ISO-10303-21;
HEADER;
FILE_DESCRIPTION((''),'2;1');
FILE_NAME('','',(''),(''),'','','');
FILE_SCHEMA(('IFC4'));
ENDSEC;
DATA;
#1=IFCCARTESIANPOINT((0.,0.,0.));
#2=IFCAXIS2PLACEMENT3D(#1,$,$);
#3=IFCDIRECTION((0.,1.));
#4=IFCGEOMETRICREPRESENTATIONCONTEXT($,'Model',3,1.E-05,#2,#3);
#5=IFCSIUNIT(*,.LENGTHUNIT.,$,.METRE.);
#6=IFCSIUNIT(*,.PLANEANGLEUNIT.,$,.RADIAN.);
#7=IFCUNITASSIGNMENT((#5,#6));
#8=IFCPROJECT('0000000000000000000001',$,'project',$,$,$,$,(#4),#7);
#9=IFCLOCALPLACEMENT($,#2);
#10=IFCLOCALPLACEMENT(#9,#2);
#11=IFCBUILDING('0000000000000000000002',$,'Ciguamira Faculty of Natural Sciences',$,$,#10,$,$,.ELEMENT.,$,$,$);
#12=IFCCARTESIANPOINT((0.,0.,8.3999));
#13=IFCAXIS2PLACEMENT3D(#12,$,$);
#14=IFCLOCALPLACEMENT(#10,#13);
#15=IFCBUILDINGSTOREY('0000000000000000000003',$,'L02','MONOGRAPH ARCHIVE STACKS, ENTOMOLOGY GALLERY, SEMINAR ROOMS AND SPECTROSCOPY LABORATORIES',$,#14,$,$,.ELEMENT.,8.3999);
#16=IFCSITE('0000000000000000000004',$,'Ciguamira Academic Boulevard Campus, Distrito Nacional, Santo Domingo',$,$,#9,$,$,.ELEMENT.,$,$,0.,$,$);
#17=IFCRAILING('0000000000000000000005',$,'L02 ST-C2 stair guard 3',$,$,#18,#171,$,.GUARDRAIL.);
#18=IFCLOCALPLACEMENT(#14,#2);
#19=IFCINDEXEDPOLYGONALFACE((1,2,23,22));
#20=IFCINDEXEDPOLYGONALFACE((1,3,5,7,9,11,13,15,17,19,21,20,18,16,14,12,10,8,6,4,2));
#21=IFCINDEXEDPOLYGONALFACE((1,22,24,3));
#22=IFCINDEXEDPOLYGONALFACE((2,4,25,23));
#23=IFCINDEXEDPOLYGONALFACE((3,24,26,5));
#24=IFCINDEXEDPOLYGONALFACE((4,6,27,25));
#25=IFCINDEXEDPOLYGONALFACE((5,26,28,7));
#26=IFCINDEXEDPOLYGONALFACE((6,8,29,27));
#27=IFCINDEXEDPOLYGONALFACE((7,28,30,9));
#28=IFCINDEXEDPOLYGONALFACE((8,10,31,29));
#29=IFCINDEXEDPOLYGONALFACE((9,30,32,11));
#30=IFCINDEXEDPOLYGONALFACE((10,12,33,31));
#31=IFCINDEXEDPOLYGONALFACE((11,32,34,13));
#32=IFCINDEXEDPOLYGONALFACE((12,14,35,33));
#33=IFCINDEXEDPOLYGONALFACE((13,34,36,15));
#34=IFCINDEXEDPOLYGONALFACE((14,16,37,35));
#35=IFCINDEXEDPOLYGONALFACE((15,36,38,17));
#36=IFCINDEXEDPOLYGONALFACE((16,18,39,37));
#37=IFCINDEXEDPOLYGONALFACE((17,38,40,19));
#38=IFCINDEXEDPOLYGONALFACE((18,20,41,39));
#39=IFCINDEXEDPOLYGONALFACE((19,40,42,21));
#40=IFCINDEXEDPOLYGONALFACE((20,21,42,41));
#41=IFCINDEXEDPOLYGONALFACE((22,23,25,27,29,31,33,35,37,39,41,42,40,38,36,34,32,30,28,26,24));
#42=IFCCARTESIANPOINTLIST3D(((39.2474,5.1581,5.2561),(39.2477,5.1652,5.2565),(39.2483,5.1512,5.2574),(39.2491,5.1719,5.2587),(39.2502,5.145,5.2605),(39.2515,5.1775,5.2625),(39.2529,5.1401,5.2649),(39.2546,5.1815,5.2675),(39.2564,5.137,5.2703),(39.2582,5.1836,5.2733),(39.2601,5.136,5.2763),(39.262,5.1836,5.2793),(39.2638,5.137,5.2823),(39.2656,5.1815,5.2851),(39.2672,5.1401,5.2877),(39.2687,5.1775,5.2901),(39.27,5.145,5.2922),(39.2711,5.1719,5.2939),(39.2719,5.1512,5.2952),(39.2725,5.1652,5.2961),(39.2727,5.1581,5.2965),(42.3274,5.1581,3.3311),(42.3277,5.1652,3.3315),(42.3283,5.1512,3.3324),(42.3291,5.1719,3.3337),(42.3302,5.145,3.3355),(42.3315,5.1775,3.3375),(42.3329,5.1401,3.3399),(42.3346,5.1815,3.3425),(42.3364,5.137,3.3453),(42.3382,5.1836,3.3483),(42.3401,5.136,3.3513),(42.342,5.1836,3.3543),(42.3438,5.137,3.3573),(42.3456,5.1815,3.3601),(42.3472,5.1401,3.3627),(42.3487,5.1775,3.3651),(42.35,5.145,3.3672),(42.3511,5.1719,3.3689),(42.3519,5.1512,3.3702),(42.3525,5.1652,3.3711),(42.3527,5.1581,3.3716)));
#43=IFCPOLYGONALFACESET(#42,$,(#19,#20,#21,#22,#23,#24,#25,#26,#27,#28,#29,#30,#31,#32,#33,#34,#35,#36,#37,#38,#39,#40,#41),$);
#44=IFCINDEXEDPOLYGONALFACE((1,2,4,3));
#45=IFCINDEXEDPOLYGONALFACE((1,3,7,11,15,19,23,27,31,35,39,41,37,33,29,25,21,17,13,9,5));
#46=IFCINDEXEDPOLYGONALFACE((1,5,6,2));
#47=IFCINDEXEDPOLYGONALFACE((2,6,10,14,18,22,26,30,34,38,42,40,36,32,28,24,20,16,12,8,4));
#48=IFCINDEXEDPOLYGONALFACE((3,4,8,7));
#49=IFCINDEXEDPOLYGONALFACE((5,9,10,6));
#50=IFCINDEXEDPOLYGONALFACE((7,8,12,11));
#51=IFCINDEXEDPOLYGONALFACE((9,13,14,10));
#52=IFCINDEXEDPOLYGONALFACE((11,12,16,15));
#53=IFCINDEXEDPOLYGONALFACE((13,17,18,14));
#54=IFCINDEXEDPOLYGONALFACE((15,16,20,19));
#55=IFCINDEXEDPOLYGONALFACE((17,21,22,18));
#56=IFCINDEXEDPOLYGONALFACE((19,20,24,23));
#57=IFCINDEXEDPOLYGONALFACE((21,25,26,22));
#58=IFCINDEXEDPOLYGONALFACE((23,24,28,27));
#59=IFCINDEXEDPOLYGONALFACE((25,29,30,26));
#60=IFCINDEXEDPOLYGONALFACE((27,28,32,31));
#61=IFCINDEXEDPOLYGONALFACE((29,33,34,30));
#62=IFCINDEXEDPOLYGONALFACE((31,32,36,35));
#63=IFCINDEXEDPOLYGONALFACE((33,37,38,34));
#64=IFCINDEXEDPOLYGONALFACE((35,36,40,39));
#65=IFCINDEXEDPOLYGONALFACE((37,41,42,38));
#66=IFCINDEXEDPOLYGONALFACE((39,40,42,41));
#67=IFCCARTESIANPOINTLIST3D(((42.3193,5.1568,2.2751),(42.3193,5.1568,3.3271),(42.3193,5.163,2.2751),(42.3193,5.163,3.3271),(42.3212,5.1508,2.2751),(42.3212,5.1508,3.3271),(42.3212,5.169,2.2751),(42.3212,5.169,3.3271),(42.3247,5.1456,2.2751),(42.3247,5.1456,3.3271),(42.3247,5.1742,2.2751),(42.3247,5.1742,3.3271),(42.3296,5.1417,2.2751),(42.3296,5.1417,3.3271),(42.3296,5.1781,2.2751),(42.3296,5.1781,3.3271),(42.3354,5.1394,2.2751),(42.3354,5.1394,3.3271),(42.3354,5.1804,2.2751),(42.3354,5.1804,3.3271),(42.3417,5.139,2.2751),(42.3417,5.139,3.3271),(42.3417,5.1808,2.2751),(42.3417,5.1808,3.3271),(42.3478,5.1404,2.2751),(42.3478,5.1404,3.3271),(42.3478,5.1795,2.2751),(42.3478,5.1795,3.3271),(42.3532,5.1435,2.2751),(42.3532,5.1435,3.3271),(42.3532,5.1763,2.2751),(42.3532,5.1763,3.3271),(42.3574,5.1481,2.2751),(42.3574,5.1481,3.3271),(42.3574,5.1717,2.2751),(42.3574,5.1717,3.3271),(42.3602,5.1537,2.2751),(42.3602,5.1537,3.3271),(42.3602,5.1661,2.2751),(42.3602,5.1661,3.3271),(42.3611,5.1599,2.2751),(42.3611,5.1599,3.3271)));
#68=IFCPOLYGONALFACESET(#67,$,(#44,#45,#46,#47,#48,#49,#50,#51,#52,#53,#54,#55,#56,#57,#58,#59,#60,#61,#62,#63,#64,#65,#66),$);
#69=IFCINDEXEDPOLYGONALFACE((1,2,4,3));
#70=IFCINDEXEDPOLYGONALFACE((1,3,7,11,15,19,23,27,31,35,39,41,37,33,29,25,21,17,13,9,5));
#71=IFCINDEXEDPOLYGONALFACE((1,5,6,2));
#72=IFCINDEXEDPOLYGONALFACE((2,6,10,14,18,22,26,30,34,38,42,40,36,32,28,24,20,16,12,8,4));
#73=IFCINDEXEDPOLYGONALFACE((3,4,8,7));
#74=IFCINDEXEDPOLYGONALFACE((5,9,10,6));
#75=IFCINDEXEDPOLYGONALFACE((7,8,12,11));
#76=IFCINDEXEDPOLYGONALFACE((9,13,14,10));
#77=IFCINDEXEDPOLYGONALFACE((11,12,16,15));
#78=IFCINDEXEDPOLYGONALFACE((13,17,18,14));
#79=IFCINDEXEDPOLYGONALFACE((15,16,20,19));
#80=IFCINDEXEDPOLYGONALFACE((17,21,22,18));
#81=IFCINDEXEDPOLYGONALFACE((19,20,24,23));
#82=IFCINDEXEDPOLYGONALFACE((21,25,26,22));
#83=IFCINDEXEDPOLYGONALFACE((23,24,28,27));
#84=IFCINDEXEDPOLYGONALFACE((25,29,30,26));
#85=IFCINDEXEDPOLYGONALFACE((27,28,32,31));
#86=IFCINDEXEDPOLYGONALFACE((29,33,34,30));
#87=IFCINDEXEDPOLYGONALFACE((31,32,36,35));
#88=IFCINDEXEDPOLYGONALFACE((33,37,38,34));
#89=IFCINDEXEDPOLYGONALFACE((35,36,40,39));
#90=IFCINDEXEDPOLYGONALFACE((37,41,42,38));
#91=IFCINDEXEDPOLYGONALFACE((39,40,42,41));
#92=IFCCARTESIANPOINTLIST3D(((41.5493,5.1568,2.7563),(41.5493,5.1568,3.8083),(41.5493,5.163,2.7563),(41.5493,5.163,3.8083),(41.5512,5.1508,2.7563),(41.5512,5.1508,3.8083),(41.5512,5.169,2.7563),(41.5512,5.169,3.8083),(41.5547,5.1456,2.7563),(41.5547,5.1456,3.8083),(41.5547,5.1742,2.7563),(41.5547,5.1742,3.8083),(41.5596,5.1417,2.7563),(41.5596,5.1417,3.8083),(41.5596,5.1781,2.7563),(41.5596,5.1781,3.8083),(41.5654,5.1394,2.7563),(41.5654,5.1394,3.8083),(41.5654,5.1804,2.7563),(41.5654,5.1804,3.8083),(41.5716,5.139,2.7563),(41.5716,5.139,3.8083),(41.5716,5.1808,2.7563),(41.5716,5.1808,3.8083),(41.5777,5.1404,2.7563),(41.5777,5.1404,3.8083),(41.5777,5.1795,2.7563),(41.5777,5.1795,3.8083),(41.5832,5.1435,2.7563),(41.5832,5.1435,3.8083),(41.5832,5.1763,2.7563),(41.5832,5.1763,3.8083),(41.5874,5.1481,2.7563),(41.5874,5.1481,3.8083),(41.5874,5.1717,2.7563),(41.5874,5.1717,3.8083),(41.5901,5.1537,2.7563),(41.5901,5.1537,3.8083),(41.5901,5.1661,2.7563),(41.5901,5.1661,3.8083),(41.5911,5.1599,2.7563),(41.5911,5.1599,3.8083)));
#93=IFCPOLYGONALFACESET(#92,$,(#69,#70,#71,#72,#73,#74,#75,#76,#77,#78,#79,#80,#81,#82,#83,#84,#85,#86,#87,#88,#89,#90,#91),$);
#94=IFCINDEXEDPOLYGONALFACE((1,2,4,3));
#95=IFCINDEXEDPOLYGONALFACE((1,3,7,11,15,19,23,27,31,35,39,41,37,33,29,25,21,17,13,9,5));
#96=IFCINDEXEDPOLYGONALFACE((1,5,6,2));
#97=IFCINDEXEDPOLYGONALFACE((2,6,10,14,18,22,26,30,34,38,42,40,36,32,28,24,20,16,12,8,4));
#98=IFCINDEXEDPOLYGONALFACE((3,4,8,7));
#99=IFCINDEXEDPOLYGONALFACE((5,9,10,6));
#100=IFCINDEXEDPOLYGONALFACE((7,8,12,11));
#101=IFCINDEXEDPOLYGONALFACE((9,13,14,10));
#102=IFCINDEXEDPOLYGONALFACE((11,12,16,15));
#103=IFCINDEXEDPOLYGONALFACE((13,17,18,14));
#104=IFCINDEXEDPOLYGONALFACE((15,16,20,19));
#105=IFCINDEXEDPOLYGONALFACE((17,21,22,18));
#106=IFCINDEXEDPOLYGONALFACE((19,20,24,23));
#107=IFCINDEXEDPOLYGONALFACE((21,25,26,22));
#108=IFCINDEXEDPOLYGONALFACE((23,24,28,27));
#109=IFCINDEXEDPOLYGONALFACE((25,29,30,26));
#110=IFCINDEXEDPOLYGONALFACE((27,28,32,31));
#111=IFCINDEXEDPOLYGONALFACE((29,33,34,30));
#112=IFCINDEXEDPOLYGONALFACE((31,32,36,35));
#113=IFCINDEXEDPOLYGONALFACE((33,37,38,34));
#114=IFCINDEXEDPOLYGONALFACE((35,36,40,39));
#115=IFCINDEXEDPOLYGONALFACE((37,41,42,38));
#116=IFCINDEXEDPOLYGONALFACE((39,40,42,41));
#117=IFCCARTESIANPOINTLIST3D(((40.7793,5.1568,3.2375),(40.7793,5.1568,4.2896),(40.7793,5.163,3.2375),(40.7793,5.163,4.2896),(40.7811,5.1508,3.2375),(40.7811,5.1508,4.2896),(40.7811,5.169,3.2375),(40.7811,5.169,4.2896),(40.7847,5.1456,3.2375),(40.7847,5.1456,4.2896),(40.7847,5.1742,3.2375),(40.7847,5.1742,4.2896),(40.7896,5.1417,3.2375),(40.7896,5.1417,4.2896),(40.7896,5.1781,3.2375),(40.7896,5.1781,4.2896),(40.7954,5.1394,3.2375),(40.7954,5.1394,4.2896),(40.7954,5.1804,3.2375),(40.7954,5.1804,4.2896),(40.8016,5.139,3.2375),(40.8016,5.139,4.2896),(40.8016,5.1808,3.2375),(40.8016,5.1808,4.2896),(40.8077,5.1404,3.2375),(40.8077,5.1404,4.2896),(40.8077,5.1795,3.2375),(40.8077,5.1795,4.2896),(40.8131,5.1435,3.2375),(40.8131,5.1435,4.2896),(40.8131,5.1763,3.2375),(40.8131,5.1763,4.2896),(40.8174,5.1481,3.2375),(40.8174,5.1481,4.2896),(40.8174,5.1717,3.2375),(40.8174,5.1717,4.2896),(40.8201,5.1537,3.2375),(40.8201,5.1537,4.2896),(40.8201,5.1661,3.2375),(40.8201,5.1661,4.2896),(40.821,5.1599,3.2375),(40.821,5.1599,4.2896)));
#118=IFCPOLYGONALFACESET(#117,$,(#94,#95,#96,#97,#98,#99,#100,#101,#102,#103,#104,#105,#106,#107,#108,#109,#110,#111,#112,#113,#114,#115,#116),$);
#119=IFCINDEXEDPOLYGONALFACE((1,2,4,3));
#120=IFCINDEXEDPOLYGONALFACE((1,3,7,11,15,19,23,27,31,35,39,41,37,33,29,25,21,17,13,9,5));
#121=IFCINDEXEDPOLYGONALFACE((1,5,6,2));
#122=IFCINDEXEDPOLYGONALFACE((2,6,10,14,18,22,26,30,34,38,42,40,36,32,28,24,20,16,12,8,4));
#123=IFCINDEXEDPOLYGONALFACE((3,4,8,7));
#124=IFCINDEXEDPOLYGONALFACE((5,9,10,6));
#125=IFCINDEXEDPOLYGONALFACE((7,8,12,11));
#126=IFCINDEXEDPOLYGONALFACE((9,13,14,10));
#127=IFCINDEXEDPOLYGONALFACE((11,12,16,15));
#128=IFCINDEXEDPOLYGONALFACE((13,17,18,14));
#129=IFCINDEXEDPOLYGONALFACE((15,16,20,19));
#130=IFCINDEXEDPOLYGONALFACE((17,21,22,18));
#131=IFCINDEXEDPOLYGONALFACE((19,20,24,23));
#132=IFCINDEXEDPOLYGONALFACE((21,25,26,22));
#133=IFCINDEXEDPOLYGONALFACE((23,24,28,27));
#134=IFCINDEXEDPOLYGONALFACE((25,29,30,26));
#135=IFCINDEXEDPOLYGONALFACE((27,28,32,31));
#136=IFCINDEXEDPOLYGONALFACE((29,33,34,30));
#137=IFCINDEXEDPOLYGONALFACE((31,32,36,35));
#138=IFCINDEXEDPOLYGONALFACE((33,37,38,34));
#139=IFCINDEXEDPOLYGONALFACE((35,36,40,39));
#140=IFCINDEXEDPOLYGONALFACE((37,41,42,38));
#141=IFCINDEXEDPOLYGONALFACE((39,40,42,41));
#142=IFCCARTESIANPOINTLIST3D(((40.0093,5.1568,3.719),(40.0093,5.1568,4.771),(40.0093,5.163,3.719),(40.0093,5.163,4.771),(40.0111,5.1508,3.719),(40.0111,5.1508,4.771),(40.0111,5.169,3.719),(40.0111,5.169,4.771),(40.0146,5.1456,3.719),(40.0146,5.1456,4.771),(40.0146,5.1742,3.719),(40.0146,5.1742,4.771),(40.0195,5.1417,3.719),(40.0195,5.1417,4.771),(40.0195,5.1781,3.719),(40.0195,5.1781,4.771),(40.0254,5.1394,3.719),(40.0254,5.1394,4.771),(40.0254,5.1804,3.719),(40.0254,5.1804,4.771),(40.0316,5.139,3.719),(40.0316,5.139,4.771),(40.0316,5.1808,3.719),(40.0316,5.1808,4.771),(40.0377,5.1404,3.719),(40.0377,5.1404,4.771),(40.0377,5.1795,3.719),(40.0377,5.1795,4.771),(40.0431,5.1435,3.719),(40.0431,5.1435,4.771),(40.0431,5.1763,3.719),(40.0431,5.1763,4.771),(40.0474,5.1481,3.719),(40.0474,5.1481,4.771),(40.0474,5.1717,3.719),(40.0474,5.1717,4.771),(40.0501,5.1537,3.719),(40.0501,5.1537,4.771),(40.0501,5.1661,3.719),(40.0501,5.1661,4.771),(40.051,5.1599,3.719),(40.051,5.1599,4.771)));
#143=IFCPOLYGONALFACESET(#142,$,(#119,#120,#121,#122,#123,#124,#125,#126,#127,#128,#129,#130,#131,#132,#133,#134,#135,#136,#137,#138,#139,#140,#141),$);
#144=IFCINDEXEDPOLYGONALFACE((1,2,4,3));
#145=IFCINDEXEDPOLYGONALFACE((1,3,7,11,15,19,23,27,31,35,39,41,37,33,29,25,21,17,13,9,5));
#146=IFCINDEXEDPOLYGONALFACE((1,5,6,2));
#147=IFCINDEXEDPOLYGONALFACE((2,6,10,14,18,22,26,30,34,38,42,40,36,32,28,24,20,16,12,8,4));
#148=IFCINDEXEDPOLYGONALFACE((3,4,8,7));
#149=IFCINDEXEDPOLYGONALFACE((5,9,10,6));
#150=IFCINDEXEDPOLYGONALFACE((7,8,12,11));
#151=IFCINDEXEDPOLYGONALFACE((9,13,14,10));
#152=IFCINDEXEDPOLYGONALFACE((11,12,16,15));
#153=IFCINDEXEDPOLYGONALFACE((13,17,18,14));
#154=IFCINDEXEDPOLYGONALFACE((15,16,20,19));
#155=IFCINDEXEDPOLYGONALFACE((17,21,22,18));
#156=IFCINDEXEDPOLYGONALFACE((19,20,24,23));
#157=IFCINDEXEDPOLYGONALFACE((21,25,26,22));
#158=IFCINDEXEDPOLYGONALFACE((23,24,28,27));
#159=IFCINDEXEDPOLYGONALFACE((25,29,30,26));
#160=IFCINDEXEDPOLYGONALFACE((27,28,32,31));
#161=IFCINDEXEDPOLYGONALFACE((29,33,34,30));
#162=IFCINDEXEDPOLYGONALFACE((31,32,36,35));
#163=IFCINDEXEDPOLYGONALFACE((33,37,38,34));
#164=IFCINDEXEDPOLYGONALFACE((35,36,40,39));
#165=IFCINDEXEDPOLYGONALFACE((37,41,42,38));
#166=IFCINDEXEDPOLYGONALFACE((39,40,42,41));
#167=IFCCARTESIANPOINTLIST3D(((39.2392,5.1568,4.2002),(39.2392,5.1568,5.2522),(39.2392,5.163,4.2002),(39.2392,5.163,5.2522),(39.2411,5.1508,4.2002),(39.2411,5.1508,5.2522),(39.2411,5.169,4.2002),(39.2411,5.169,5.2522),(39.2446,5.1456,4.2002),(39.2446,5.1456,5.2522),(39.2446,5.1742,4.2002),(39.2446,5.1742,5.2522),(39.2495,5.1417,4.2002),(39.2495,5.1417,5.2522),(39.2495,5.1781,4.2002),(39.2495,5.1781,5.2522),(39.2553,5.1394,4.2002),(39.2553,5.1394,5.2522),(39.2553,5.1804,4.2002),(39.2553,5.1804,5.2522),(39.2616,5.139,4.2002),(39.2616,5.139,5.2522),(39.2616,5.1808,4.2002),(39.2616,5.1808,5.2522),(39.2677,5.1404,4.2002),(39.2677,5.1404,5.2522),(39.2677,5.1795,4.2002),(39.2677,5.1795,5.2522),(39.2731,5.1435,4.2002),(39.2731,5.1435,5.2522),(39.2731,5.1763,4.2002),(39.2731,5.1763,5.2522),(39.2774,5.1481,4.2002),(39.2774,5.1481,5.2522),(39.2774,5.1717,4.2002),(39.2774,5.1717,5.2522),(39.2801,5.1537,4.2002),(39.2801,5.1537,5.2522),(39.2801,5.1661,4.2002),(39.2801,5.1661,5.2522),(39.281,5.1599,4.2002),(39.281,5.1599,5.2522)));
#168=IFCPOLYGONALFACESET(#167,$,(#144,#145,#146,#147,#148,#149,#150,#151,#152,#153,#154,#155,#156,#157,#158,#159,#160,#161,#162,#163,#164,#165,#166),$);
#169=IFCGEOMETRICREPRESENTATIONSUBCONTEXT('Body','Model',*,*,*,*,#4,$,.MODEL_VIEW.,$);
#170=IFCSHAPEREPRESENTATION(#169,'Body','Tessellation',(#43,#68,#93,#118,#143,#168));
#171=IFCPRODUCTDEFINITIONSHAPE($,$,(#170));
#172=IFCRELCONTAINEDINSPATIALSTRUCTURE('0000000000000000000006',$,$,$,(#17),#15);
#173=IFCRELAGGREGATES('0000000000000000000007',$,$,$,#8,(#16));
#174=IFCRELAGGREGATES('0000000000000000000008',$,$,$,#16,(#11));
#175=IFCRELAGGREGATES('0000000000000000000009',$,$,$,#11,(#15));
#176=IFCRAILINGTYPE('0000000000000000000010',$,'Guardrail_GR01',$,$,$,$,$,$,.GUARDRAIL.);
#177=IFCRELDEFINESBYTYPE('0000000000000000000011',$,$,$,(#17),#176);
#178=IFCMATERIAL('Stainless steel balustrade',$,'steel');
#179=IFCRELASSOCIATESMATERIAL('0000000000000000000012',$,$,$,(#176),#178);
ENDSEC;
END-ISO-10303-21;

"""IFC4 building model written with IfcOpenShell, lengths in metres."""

from ifc_helpers import new_model, si_unit, direction, frame, origin, origin_2d, place, context, subcontext, project, spatial, circle, extrude, material, type_object, element, save


model = new_model("IFC4")

# Units and contexts
model_context = context("Model", 3, precision=1e-05, world=origin(), true_north=direction((0.0, 1.0)))
body_context = subcontext(model_context, "Body", "Model", "MODEL_VIEW")
ifc_project = project(units=[si_unit("LENGTHUNIT", "METRE"), si_unit("PLANEANGLEUNIT", "RADIAN")], contexts=[model_context])

# Site, building, storey
site_placement = place(None, origin())
site = spatial("IfcSite", under=ifc_project, at=site_placement, Name="Ciguamira Academic Boulevard Campus, Distrito Nacional, Santo Domingo", CompositionType="ELEMENT", RefElevation=0.0)
building_placement = place(site_placement, origin())
building = spatial("IfcBuilding", under=site, at=building_placement, Name="Ciguamira Faculty of Natural Sciences", CompositionType="ELEMENT")
storey_placement = place(building_placement, frame((0.0, 0.0, 8.3999)))
storey = spatial("IfcBuildingStorey", under=building, at=storey_placement, Name="L02", Description="MONOGRAPH ARCHIVE STACKS, ENTOMOLOGY GALLERY, SEMINAR ROOMS AND SPECTROSCOPY LABORATORIES", CompositionType="ELEMENT", Elevation=8.3999)

# Railing
ifc_material_1 = material(Name="Stainless steel balustrade", Category="steel")
railing_type_1 = type_object("IfcRailingType", Name="Guardrail_GR01", PredefinedType="GUARDRAIL", material=ifc_material_1)
railing_1_placement = place(storey_placement, frame((42.3401, 5.1599, 2.2751)))
element("IfcRailing", 1, at=railing_1_placement, inside=storey, type_object=railing_type_1, Name="L02 ST-C2 stair guard 3", PredefinedType="GUARDRAIL", context=body_context, shape_type="SweptSolid", body=[
    extrude(circle(Radius=0.0239, at=origin_2d()), frame((0.0, 0.0, 1.0762), z_axis=(-0.847998, 0.0, 0.529999), x_axis=(0.0, -1.0, 0.0)), (0.0, 0.0, 1.0), 3.6321),
    extrude(circle(Radius=0.021, at=origin_2d()), origin(), (0.0, 0.0, 1.0), 1.052),
    extrude(circle(Radius=0.021, at=origin_2d()), frame((-0.77, 0.0, 0.4812)), (0.0, 0.0, 1.0), 1.052),
    extrude(circle(Radius=0.021, at=origin_2d()), frame((-1.54, 0.0, 0.9624)), (0.0, 0.0, 1.0), 1.052),
    extrude(circle(Radius=0.021, at=origin_2d()), frame((-2.3101, 0.0, 1.4438)), (0.0, 0.0, 1.0), 1.052),
    extrude(circle(Radius=0.021, at=origin_2d()), frame((-3.0801, 0.0, 1.925)), (0.0, 0.0, 1.0), 1.052),
])

save(model, "model.ifc")
